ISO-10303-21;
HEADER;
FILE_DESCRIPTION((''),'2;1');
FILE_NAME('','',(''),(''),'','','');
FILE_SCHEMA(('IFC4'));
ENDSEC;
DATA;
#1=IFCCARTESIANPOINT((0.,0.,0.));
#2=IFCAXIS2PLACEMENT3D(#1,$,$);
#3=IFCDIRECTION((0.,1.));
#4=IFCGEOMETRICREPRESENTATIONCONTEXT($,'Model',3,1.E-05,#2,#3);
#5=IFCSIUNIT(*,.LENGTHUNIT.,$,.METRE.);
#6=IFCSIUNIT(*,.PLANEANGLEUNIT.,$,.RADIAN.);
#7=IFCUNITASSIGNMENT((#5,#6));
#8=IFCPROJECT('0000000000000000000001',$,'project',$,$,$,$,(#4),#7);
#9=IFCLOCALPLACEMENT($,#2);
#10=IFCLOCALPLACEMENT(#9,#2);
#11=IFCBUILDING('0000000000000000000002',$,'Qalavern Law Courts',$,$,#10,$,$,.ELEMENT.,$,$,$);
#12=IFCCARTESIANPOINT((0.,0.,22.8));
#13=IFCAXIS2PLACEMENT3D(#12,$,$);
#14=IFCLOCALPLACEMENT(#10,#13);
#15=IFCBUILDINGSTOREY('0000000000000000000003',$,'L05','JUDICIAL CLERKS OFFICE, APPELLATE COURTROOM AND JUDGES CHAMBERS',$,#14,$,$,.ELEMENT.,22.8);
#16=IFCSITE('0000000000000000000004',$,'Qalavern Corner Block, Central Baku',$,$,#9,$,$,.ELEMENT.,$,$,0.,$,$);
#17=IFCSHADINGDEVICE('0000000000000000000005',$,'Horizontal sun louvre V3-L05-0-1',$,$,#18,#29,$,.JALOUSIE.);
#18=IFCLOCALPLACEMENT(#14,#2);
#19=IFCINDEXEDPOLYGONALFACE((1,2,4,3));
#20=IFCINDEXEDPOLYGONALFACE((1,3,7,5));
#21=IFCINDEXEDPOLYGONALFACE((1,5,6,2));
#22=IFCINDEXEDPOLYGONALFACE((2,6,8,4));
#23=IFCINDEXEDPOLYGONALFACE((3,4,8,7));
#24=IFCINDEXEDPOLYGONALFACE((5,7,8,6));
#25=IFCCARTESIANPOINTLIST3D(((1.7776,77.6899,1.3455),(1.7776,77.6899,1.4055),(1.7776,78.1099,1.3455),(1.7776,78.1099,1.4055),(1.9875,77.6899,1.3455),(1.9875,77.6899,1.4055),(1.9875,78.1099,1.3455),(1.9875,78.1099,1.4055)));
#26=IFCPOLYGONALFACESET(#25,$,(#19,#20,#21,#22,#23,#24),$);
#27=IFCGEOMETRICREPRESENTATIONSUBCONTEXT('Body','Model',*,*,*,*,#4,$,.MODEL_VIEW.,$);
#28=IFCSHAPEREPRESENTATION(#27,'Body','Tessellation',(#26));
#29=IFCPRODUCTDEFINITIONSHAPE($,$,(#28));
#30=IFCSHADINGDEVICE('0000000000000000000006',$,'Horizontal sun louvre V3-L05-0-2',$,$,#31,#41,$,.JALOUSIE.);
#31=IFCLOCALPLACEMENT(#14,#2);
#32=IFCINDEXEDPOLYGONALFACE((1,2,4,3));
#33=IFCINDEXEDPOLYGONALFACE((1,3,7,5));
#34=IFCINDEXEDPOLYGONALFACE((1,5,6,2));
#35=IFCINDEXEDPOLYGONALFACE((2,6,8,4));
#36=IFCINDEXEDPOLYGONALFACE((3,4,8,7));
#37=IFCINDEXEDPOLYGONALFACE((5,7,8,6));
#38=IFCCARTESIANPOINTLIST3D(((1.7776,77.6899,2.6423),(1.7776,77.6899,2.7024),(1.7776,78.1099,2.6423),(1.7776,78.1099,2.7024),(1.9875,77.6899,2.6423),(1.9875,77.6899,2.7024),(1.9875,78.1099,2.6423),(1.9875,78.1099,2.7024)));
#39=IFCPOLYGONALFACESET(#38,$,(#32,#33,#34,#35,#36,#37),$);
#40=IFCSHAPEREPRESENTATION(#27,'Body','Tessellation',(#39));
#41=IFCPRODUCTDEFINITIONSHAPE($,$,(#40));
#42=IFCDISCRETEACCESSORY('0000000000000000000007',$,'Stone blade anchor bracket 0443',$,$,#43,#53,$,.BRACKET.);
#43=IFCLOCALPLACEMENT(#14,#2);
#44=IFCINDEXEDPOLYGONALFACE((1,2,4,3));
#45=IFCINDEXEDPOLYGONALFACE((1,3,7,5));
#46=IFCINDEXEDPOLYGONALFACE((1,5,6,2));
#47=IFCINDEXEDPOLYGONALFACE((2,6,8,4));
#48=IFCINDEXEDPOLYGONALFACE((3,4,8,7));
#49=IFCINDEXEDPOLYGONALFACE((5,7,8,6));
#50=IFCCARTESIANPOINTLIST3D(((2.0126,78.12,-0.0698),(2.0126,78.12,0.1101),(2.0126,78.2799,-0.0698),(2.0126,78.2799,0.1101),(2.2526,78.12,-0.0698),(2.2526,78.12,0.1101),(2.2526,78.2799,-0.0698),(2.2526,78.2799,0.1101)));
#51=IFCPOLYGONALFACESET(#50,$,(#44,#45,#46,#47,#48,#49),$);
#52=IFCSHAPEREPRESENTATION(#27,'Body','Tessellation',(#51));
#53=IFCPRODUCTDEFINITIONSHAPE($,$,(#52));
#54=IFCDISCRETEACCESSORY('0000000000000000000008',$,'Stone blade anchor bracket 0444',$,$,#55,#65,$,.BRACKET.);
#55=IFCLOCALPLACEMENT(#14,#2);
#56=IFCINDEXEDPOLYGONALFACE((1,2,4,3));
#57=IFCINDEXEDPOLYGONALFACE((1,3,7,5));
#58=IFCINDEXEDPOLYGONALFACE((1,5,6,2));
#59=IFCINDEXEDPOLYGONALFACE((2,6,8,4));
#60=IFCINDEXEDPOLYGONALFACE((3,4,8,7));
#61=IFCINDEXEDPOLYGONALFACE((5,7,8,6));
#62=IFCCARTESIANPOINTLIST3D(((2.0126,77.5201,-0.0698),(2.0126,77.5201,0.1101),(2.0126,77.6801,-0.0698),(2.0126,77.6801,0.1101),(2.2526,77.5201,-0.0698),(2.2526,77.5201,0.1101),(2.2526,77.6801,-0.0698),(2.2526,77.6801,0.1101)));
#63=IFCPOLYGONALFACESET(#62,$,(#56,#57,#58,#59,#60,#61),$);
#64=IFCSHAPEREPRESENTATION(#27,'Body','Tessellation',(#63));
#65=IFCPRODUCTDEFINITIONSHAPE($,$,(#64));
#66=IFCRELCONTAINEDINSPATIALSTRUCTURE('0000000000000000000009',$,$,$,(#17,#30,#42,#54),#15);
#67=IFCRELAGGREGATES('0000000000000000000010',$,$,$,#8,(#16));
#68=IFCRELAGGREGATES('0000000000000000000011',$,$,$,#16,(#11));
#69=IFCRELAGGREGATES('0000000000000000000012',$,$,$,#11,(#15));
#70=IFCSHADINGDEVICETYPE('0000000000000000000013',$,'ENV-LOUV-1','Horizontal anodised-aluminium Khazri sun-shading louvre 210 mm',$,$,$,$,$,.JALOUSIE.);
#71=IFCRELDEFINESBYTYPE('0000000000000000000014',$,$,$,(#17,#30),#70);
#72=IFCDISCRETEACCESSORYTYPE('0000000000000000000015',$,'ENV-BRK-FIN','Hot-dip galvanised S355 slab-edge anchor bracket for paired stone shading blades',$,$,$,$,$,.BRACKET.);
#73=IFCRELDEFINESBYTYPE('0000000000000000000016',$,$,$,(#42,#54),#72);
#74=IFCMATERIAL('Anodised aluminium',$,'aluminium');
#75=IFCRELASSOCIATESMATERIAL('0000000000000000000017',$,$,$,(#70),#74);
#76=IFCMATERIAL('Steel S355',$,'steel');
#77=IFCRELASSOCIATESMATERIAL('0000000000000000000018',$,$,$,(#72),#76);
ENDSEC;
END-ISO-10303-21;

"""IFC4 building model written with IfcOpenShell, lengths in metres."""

from ifc_helpers import new_model, si_unit, direction, frame, origin, origin_2d, place, context, subcontext, project, spatial, rectangle, extrude, material, type_object, element, save


model = new_model("IFC4")

# Units and contexts
model_context = context("Model", 3, precision=1e-05, world=origin(), true_north=direction((0.0, 1.0)))
body_context = subcontext(model_context, "Body", "Model", "MODEL_VIEW")
ifc_project = project(units=[si_unit("LENGTHUNIT", "METRE"), si_unit("PLANEANGLEUNIT", "RADIAN")], contexts=[model_context])

# Site, building, storey
site_placement = place(None, origin())
site = spatial("IfcSite", under=ifc_project, at=site_placement, Name="Qalavern Corner Block, Central Baku", CompositionType="ELEMENT", RefElevation=0.0)
building_placement = place(site_placement, origin())
building = spatial("IfcBuilding", under=site, at=building_placement, Name="Qalavern Law Courts", CompositionType="ELEMENT")
storey_placement = place(building_placement, frame((0.0, 0.0, 22.8)))
storey = spatial("IfcBuildingStorey", under=building, at=storey_placement, Name="L05", Description="JUDICIAL CLERKS OFFICE, APPELLATE COURTROOM AND JUDGES CHAMBERS", CompositionType="ELEMENT", Elevation=22.8)

# Shared definitions
ifc_material_1 = material(Name="Anodised aluminium", Category="aluminium")

# Shared definitions
ifc_material_2 = material(Name="Steel S355", Category="steel")

# Shading devices
shading_device_type = type_object("IfcShadingDeviceType", Name="ENV-LOUV-1", Description="Horizontal anodised-aluminium Khazri sun-shading louvre 210 mm", PredefinedType="JALOUSIE", material=ifc_material_1)
for number, where, z_axis, x_axis, name in (
    (1, (1.8826, 77.8999, 1.3455), (0.0, 0.0, 1.0), (0.0, -1.0, 0.0), "Horizontal sun louvre V3-L05-0-1"),
    (2, (1.8826, 77.8999, 2.6423), (0.0, 0.0, 1.0), (0.0, -1.0, 0.0), "Horizontal sun louvre V3-L05-0-2"),
):
    element("IfcShadingDevice", number, at=place(storey_placement, frame(where, z_axis=z_axis, x_axis=x_axis)), inside=storey, type_object=shading_device_type, Name=name, PredefinedType="JALOUSIE", context=body_context, shape_type="SweptSolid", body=[
        extrude(rectangle(XDim=0.4199, YDim=0.21, at=origin_2d()), origin(), (0.0, 0.0, 1.0), 0.0601),
    ])

# Discrete accessories
discrete_accessory_type = type_object("IfcDiscreteAccessoryType", Name="ENV-BRK-FIN", Description="Hot-dip galvanised S355 slab-edge anchor bracket for paired stone shading blades", PredefinedType="BRACKET", material=ifc_material_2)
for number, where, z_axis, x_axis, name in (
    (3, (2.1326, 78.2, -0.0698), (0.0, 0.0, 1.0), (-1.0, 0.0, 0.0), "Stone blade anchor bracket 0443"),
    (4, (2.1326, 77.6001, -0.0698), (0.0, 0.0, 1.0), (-1.0, 0.0, 0.0), "Stone blade anchor bracket 0444"),
):
    element("IfcDiscreteAccessory", number, at=place(storey_placement, frame(where, z_axis=z_axis, x_axis=x_axis)), inside=storey, type_object=discrete_accessory_type, Name=name, PredefinedType="BRACKET", context=body_context, shape_type="SweptSolid", body=[
        extrude(rectangle(XDim=0.24, YDim=0.1599, at=origin_2d()), origin(), (0.0, 0.0, 1.0), 0.1799),
    ])

save(model, "model.ifc")
